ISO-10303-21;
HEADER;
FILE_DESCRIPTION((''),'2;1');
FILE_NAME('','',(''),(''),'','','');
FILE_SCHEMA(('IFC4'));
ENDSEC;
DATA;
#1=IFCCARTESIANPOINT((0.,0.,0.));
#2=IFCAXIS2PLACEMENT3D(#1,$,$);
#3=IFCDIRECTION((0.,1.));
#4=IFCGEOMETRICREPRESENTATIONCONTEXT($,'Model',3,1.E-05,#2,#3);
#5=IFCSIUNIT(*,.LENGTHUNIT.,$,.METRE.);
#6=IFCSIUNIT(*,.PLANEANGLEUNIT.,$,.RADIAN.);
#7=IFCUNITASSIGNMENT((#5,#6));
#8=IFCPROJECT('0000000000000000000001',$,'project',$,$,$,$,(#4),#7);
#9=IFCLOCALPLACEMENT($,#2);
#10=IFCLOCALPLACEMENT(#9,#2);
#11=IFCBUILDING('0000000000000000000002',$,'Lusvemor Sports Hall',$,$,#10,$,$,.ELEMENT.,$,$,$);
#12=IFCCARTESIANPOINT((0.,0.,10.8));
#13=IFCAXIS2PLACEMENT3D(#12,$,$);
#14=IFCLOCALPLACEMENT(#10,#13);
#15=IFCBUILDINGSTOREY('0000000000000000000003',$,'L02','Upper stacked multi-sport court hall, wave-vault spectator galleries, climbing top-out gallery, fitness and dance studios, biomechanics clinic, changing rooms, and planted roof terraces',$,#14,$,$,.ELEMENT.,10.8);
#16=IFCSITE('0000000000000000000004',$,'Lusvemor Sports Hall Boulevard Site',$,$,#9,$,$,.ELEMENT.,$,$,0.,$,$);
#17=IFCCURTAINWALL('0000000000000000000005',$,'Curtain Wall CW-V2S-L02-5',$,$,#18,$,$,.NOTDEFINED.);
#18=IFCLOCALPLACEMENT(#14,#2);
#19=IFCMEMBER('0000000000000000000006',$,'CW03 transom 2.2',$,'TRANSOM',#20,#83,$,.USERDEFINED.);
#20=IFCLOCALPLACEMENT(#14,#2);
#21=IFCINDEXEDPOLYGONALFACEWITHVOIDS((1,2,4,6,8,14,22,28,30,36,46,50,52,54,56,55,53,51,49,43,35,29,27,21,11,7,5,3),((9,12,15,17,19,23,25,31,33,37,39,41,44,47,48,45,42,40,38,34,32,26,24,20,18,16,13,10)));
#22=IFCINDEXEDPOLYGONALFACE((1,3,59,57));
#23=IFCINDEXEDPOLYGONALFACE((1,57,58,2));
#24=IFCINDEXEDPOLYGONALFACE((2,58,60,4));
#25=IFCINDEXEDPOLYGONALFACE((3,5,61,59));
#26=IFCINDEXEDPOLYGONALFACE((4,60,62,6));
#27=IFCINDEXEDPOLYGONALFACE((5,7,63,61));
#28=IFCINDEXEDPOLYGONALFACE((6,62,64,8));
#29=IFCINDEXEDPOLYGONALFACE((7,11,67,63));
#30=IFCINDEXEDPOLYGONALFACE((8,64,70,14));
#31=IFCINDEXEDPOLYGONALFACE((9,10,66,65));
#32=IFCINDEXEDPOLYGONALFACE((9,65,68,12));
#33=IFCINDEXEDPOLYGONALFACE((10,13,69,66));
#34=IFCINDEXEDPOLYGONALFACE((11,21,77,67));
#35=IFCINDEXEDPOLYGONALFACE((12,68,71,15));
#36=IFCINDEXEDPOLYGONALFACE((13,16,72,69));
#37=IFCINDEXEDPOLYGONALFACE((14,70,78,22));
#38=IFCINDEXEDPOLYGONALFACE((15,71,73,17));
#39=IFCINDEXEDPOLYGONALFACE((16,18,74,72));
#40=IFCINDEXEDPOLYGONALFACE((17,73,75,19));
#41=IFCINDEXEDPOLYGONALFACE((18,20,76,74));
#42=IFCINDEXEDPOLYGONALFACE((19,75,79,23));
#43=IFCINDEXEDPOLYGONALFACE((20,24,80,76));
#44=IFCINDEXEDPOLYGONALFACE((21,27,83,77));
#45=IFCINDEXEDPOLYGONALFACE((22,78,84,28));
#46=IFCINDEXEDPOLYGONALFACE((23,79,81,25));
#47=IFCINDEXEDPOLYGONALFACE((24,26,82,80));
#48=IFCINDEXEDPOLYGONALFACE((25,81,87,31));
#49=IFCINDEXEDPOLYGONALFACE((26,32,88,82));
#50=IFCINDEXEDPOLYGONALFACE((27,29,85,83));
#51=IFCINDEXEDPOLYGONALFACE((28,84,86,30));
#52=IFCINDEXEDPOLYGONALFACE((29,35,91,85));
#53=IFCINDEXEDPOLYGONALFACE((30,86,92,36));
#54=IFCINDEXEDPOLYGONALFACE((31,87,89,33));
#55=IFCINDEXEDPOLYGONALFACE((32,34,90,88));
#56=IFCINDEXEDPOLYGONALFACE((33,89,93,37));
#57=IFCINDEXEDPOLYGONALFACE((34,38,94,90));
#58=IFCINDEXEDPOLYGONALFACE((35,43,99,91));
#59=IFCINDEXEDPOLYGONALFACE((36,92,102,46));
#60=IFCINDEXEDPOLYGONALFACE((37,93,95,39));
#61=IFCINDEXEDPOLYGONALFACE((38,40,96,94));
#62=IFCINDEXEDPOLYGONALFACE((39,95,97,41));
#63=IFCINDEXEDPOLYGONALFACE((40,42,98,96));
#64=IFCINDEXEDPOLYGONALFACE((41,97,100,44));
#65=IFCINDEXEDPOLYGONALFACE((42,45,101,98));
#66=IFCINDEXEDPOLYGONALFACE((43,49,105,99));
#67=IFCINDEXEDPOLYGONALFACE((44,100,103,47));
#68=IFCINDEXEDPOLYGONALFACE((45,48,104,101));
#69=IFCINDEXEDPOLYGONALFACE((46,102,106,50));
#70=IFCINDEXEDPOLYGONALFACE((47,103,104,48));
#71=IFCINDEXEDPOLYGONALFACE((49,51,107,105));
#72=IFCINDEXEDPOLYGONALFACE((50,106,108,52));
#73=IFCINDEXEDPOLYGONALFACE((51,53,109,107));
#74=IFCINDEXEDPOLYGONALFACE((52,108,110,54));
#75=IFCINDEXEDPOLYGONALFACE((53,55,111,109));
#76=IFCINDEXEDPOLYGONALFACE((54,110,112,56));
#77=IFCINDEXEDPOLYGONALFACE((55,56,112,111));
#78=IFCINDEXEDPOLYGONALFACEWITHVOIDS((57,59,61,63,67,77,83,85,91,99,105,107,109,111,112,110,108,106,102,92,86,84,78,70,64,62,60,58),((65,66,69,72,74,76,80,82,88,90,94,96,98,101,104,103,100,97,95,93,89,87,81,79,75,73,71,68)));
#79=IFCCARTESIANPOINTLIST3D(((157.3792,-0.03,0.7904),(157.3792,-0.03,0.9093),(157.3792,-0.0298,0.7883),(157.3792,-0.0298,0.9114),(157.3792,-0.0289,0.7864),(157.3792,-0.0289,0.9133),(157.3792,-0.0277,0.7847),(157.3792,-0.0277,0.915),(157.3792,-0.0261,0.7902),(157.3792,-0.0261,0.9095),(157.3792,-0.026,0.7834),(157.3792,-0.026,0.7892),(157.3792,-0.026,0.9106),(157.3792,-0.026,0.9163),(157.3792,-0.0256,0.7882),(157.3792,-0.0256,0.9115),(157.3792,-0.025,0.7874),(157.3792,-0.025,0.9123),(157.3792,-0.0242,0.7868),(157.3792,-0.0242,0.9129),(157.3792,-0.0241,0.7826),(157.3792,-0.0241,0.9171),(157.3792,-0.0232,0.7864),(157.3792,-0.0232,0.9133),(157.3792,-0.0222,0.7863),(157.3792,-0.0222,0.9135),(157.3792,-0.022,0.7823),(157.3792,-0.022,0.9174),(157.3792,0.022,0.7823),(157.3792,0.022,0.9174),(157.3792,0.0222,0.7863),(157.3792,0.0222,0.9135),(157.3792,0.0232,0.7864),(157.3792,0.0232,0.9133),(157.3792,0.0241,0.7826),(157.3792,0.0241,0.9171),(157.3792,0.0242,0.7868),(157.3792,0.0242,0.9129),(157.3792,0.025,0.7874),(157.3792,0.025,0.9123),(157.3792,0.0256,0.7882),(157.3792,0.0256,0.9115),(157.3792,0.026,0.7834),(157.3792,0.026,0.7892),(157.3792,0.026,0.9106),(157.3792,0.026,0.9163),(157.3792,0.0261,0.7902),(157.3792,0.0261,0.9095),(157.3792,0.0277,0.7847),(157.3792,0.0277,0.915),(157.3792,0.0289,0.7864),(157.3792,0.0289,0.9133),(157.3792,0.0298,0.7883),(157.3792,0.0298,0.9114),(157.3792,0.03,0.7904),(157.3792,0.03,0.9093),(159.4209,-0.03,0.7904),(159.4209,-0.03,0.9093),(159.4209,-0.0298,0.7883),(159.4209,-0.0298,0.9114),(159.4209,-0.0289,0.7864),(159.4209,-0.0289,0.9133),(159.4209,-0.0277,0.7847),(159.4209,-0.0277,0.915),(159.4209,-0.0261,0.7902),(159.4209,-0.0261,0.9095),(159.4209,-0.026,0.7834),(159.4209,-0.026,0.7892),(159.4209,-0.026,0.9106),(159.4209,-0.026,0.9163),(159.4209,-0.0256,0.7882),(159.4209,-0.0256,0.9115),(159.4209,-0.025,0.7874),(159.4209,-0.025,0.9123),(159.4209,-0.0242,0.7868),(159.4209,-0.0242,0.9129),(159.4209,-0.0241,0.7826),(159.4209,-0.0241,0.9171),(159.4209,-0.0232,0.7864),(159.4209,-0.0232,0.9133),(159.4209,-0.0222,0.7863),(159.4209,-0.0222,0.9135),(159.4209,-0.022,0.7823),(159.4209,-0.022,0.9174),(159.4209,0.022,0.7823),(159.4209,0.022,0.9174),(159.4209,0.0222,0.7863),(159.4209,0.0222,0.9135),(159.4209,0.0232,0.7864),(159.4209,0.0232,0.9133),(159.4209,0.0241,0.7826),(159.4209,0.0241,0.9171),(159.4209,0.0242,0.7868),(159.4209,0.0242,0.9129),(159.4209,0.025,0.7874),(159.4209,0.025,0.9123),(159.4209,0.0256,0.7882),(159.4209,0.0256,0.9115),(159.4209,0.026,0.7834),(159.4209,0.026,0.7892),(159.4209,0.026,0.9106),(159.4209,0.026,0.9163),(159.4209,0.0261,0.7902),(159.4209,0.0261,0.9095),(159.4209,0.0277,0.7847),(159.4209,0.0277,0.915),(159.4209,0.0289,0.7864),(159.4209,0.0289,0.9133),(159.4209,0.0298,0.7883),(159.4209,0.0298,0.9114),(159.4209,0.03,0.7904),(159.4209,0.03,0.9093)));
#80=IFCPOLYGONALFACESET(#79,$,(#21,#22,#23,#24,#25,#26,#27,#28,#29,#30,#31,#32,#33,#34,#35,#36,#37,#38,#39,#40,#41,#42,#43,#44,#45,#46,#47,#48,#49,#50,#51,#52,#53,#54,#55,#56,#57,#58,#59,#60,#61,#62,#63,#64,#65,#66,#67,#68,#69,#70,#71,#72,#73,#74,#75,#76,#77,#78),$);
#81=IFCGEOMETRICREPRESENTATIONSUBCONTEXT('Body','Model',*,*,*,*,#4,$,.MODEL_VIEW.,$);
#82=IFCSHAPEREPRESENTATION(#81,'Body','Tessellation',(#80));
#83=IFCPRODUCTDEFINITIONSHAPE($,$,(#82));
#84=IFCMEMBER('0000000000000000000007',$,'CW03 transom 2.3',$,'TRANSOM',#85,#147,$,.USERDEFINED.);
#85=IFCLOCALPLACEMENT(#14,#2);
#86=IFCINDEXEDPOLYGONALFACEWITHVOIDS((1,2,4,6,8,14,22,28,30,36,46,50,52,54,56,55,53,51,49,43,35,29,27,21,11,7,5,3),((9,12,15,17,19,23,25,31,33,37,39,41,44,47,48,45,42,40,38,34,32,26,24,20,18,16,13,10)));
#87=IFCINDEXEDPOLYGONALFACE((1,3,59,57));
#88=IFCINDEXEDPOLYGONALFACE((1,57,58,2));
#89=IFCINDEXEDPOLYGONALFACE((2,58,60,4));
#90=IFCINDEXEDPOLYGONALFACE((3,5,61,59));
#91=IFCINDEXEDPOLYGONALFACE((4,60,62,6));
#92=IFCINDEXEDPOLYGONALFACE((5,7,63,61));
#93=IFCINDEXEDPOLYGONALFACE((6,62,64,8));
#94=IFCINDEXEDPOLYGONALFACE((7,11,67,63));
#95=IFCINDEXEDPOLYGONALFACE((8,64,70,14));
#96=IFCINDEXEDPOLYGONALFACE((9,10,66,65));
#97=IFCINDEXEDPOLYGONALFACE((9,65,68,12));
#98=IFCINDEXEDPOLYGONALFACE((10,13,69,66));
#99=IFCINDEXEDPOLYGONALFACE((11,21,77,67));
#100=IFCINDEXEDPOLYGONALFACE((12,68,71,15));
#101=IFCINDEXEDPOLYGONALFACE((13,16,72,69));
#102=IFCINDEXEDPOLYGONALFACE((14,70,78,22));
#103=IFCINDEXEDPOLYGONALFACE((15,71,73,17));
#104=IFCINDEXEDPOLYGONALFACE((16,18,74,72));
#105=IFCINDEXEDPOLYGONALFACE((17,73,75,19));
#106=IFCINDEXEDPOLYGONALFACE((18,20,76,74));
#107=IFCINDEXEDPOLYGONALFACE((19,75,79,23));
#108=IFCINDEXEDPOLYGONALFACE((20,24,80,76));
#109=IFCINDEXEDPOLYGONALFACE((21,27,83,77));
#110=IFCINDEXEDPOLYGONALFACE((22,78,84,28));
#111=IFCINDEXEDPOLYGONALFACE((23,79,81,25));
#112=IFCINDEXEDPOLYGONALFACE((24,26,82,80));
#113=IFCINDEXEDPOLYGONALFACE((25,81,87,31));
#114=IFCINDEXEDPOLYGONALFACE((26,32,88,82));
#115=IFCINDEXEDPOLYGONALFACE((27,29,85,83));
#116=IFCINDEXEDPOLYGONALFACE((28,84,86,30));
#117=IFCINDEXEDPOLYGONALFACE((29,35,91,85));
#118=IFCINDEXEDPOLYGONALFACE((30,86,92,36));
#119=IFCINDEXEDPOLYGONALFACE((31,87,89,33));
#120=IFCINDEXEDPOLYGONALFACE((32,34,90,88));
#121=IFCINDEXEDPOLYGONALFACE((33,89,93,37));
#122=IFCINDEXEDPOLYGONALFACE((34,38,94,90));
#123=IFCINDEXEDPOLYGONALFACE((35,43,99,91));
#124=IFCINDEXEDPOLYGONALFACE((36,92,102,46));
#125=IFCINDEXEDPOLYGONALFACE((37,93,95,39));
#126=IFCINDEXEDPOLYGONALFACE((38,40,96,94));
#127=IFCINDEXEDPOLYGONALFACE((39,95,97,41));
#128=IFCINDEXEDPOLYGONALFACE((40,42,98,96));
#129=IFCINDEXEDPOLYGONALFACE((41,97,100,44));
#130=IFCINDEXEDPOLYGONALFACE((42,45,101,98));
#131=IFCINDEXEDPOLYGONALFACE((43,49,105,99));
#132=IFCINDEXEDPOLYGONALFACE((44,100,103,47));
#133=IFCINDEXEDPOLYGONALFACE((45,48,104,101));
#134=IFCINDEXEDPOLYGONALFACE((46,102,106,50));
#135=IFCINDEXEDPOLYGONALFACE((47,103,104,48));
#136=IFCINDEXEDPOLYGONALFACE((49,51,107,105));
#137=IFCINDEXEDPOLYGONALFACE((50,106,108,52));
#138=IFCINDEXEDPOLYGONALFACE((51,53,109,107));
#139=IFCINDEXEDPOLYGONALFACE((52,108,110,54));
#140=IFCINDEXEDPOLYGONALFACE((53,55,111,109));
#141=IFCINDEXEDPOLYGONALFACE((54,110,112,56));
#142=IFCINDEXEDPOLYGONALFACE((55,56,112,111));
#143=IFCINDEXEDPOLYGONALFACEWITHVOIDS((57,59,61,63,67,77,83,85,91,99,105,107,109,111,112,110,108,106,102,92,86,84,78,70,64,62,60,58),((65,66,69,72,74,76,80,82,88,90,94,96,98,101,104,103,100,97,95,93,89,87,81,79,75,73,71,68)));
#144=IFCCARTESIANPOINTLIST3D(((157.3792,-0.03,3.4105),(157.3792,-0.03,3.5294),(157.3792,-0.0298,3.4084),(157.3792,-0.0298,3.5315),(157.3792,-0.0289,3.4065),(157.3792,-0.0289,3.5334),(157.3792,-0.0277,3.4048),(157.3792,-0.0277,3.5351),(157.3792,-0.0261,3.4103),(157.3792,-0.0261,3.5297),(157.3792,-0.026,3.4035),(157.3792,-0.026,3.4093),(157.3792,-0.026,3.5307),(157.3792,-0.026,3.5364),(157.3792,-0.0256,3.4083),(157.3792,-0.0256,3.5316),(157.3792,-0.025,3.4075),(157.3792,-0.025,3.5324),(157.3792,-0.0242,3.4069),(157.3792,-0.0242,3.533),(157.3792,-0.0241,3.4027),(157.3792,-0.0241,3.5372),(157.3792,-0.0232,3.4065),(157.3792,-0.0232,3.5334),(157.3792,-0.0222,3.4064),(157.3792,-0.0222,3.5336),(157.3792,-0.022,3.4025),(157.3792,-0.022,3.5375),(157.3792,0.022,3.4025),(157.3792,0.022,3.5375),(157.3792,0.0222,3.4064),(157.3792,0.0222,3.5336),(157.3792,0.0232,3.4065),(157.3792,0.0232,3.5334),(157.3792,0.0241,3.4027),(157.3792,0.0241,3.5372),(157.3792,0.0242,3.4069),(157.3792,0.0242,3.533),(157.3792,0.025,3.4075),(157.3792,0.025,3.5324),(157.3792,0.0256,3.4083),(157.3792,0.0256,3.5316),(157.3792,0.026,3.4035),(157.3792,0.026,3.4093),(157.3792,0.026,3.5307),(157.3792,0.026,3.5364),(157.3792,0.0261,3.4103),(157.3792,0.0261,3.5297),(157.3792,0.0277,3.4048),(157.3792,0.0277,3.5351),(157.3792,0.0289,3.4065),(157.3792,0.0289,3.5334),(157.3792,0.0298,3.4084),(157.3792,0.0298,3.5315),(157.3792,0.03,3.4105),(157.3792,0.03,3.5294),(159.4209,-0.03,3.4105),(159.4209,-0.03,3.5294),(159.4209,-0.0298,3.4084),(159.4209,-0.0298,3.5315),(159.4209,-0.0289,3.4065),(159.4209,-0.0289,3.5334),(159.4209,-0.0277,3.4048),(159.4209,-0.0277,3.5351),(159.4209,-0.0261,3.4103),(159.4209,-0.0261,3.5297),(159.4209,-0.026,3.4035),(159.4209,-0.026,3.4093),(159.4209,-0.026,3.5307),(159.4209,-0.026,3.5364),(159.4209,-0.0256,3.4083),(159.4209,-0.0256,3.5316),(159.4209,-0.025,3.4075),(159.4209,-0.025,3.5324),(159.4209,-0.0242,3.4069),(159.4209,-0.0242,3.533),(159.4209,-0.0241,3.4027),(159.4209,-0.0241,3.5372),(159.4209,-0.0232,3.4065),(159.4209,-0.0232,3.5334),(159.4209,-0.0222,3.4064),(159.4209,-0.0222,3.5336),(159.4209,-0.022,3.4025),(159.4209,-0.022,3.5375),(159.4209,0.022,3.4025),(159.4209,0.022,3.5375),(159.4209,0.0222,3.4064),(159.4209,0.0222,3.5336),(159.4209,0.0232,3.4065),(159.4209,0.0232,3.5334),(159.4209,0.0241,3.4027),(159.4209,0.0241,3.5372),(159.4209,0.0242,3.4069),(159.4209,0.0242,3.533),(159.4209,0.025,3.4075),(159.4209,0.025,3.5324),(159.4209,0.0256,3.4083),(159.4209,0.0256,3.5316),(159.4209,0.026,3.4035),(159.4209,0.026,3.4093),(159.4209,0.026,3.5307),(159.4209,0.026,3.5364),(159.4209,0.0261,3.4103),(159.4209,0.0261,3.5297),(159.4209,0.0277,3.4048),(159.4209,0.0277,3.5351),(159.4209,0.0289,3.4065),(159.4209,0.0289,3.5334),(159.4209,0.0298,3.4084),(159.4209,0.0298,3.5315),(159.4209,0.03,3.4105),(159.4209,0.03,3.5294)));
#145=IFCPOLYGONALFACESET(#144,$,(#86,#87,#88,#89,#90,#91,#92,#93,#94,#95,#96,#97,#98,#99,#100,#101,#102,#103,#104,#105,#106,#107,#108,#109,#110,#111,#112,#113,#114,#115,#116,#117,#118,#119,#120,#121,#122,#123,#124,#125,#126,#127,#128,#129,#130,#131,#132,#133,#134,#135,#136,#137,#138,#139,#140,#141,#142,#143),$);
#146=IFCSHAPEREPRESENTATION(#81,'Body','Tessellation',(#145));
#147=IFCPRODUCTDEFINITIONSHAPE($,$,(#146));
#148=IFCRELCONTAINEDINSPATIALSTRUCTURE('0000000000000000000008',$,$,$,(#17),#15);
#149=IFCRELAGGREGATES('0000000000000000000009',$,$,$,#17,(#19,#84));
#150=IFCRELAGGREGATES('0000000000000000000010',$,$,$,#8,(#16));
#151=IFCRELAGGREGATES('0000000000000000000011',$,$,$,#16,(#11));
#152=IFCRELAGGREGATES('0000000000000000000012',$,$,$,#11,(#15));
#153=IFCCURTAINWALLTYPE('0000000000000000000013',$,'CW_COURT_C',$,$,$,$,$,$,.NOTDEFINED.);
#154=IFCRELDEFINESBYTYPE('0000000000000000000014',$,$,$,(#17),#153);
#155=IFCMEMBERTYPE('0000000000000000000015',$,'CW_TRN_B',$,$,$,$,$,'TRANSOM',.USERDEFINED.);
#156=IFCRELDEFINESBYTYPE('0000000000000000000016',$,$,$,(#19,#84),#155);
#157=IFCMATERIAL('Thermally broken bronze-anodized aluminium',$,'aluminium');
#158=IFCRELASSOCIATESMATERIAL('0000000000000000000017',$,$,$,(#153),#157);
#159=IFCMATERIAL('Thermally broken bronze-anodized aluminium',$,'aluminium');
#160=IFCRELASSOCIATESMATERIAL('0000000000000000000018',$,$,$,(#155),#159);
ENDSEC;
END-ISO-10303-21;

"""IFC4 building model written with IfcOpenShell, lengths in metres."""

from ifc_helpers import new_model, si_unit, direction, frame, origin, origin_2d, place, context, subcontext, project, spatial, hollow_rectangle, extrude, material, material_profile, profile_set, type_object, element, aggregate, save


model = new_model("IFC4")

# Units and contexts
model_context = context("Model", 3, precision=1e-05, world=origin(), true_north=direction((0.0, 1.0)))
body_context = subcontext(model_context, "Body", "Model", "MODEL_VIEW")
ifc_project = project(units=[si_unit("LENGTHUNIT", "METRE"), si_unit("PLANEANGLEUNIT", "RADIAN")], contexts=[model_context])

# Site, building, storey
site_placement = place(None, origin())
site = spatial("IfcSite", under=ifc_project, at=site_placement, Name="Lusvemor Sports Hall Boulevard Site", CompositionType="ELEMENT", RefElevation=0.0)
building_placement = place(site_placement, origin())
building = spatial("IfcBuilding", under=site, at=building_placement, Name="Lusvemor Sports Hall", CompositionType="ELEMENT")
storey_placement = place(building_placement, frame((0.0, 0.0, 10.8)))
storey = spatial("IfcBuildingStorey", under=building, at=storey_placement, Name="L02", Description="Upper stacked multi-sport court hall, wave-vault spectator galleries, climbing top-out gallery, fitness and dance studios, biomechanics clinic, changing rooms, and planted roof terraces", CompositionType="ELEMENT", Elevation=10.8)

# Shared definitions
ifc_material_1 = material(Name="Thermally broken bronze-anodized aluminium", Category="aluminium")
curtain_wall_type = type_object("IfcCurtainWallType", Name="CW_COURT_C", PredefinedType="NOTDEFINED", material=ifc_material_1)

# Curtain wall
curtain_wall_1_placement = place(storey_placement, origin())
curtain_wall_1 = element("IfcCurtainWall", 1, at=curtain_wall_1_placement, inside=storey, type_object=curtain_wall_type, Name="Curtain Wall CW-V2S-L02-5", PredefinedType="NOTDEFINED")

# Members
ifc_material_2 = material(Name="Thermally broken bronze-anodized aluminium", Category="aluminium")
ifc_material_profile_1 = material_profile(ifc_material_2, hollow_rectangle(XDim=0.0601, YDim=0.135, WallThickness=0.0039, InnerFilletRadius=0.0039, OuterFilletRadius=0.0081, at=origin_2d()), Name="CWTRN135x60x4")
ifc_profile_set_1 = profile_set([ifc_material_profile_1], Name="Thermally broken bronze-anodized aluminium")
member_type_1 = type_object("IfcMemberType", Name="CW_TRN_B", ElementType="TRANSOM", PredefinedType="USERDEFINED", material=ifc_profile_set_1)
member_1_placement = place(storey_placement, frame((159.4209, 0.0, 0.8499), z_axis=(-1.0, 0.0, 0.0), x_axis=(0.0, -1.0, 0.0)))
member_1 = element("IfcMember", 2, at=member_1_placement, type_object=member_type_1, Name="CW03 transom 2.2", ObjectType="TRANSOM", PredefinedType="USERDEFINED", context=body_context, shape_type="SweptSolid", body=[
    extrude(hollow_rectangle(XDim=0.0601, YDim=0.135, WallThickness=0.0039, InnerFilletRadius=0.0039, OuterFilletRadius=0.0081, at=origin_2d()), origin(), (0.0, 0.0, 1.0), 2.0417),
])
member_2_placement = place(storey_placement, frame((159.4209, 0.0, 3.47), z_axis=(-1.0, 0.0, 0.0), x_axis=(0.0, -1.0, 0.0)))
member_2 = element("IfcMember", 3, at=member_2_placement, type_object=member_type_1, Name="CW03 transom 2.3", ObjectType="TRANSOM", PredefinedType="USERDEFINED", context=body_context, shape_type="SweptSolid", body=[
    extrude(hollow_rectangle(XDim=0.0601, YDim=0.135, WallThickness=0.0039, InnerFilletRadius=0.0039, OuterFilletRadius=0.0081, at=origin_2d()), origin(), (0.0, 0.0, 1.0), 2.0417),
])

aggregate(curtain_wall_1, [member_1, member_2])

save(model, "model.ifc")
